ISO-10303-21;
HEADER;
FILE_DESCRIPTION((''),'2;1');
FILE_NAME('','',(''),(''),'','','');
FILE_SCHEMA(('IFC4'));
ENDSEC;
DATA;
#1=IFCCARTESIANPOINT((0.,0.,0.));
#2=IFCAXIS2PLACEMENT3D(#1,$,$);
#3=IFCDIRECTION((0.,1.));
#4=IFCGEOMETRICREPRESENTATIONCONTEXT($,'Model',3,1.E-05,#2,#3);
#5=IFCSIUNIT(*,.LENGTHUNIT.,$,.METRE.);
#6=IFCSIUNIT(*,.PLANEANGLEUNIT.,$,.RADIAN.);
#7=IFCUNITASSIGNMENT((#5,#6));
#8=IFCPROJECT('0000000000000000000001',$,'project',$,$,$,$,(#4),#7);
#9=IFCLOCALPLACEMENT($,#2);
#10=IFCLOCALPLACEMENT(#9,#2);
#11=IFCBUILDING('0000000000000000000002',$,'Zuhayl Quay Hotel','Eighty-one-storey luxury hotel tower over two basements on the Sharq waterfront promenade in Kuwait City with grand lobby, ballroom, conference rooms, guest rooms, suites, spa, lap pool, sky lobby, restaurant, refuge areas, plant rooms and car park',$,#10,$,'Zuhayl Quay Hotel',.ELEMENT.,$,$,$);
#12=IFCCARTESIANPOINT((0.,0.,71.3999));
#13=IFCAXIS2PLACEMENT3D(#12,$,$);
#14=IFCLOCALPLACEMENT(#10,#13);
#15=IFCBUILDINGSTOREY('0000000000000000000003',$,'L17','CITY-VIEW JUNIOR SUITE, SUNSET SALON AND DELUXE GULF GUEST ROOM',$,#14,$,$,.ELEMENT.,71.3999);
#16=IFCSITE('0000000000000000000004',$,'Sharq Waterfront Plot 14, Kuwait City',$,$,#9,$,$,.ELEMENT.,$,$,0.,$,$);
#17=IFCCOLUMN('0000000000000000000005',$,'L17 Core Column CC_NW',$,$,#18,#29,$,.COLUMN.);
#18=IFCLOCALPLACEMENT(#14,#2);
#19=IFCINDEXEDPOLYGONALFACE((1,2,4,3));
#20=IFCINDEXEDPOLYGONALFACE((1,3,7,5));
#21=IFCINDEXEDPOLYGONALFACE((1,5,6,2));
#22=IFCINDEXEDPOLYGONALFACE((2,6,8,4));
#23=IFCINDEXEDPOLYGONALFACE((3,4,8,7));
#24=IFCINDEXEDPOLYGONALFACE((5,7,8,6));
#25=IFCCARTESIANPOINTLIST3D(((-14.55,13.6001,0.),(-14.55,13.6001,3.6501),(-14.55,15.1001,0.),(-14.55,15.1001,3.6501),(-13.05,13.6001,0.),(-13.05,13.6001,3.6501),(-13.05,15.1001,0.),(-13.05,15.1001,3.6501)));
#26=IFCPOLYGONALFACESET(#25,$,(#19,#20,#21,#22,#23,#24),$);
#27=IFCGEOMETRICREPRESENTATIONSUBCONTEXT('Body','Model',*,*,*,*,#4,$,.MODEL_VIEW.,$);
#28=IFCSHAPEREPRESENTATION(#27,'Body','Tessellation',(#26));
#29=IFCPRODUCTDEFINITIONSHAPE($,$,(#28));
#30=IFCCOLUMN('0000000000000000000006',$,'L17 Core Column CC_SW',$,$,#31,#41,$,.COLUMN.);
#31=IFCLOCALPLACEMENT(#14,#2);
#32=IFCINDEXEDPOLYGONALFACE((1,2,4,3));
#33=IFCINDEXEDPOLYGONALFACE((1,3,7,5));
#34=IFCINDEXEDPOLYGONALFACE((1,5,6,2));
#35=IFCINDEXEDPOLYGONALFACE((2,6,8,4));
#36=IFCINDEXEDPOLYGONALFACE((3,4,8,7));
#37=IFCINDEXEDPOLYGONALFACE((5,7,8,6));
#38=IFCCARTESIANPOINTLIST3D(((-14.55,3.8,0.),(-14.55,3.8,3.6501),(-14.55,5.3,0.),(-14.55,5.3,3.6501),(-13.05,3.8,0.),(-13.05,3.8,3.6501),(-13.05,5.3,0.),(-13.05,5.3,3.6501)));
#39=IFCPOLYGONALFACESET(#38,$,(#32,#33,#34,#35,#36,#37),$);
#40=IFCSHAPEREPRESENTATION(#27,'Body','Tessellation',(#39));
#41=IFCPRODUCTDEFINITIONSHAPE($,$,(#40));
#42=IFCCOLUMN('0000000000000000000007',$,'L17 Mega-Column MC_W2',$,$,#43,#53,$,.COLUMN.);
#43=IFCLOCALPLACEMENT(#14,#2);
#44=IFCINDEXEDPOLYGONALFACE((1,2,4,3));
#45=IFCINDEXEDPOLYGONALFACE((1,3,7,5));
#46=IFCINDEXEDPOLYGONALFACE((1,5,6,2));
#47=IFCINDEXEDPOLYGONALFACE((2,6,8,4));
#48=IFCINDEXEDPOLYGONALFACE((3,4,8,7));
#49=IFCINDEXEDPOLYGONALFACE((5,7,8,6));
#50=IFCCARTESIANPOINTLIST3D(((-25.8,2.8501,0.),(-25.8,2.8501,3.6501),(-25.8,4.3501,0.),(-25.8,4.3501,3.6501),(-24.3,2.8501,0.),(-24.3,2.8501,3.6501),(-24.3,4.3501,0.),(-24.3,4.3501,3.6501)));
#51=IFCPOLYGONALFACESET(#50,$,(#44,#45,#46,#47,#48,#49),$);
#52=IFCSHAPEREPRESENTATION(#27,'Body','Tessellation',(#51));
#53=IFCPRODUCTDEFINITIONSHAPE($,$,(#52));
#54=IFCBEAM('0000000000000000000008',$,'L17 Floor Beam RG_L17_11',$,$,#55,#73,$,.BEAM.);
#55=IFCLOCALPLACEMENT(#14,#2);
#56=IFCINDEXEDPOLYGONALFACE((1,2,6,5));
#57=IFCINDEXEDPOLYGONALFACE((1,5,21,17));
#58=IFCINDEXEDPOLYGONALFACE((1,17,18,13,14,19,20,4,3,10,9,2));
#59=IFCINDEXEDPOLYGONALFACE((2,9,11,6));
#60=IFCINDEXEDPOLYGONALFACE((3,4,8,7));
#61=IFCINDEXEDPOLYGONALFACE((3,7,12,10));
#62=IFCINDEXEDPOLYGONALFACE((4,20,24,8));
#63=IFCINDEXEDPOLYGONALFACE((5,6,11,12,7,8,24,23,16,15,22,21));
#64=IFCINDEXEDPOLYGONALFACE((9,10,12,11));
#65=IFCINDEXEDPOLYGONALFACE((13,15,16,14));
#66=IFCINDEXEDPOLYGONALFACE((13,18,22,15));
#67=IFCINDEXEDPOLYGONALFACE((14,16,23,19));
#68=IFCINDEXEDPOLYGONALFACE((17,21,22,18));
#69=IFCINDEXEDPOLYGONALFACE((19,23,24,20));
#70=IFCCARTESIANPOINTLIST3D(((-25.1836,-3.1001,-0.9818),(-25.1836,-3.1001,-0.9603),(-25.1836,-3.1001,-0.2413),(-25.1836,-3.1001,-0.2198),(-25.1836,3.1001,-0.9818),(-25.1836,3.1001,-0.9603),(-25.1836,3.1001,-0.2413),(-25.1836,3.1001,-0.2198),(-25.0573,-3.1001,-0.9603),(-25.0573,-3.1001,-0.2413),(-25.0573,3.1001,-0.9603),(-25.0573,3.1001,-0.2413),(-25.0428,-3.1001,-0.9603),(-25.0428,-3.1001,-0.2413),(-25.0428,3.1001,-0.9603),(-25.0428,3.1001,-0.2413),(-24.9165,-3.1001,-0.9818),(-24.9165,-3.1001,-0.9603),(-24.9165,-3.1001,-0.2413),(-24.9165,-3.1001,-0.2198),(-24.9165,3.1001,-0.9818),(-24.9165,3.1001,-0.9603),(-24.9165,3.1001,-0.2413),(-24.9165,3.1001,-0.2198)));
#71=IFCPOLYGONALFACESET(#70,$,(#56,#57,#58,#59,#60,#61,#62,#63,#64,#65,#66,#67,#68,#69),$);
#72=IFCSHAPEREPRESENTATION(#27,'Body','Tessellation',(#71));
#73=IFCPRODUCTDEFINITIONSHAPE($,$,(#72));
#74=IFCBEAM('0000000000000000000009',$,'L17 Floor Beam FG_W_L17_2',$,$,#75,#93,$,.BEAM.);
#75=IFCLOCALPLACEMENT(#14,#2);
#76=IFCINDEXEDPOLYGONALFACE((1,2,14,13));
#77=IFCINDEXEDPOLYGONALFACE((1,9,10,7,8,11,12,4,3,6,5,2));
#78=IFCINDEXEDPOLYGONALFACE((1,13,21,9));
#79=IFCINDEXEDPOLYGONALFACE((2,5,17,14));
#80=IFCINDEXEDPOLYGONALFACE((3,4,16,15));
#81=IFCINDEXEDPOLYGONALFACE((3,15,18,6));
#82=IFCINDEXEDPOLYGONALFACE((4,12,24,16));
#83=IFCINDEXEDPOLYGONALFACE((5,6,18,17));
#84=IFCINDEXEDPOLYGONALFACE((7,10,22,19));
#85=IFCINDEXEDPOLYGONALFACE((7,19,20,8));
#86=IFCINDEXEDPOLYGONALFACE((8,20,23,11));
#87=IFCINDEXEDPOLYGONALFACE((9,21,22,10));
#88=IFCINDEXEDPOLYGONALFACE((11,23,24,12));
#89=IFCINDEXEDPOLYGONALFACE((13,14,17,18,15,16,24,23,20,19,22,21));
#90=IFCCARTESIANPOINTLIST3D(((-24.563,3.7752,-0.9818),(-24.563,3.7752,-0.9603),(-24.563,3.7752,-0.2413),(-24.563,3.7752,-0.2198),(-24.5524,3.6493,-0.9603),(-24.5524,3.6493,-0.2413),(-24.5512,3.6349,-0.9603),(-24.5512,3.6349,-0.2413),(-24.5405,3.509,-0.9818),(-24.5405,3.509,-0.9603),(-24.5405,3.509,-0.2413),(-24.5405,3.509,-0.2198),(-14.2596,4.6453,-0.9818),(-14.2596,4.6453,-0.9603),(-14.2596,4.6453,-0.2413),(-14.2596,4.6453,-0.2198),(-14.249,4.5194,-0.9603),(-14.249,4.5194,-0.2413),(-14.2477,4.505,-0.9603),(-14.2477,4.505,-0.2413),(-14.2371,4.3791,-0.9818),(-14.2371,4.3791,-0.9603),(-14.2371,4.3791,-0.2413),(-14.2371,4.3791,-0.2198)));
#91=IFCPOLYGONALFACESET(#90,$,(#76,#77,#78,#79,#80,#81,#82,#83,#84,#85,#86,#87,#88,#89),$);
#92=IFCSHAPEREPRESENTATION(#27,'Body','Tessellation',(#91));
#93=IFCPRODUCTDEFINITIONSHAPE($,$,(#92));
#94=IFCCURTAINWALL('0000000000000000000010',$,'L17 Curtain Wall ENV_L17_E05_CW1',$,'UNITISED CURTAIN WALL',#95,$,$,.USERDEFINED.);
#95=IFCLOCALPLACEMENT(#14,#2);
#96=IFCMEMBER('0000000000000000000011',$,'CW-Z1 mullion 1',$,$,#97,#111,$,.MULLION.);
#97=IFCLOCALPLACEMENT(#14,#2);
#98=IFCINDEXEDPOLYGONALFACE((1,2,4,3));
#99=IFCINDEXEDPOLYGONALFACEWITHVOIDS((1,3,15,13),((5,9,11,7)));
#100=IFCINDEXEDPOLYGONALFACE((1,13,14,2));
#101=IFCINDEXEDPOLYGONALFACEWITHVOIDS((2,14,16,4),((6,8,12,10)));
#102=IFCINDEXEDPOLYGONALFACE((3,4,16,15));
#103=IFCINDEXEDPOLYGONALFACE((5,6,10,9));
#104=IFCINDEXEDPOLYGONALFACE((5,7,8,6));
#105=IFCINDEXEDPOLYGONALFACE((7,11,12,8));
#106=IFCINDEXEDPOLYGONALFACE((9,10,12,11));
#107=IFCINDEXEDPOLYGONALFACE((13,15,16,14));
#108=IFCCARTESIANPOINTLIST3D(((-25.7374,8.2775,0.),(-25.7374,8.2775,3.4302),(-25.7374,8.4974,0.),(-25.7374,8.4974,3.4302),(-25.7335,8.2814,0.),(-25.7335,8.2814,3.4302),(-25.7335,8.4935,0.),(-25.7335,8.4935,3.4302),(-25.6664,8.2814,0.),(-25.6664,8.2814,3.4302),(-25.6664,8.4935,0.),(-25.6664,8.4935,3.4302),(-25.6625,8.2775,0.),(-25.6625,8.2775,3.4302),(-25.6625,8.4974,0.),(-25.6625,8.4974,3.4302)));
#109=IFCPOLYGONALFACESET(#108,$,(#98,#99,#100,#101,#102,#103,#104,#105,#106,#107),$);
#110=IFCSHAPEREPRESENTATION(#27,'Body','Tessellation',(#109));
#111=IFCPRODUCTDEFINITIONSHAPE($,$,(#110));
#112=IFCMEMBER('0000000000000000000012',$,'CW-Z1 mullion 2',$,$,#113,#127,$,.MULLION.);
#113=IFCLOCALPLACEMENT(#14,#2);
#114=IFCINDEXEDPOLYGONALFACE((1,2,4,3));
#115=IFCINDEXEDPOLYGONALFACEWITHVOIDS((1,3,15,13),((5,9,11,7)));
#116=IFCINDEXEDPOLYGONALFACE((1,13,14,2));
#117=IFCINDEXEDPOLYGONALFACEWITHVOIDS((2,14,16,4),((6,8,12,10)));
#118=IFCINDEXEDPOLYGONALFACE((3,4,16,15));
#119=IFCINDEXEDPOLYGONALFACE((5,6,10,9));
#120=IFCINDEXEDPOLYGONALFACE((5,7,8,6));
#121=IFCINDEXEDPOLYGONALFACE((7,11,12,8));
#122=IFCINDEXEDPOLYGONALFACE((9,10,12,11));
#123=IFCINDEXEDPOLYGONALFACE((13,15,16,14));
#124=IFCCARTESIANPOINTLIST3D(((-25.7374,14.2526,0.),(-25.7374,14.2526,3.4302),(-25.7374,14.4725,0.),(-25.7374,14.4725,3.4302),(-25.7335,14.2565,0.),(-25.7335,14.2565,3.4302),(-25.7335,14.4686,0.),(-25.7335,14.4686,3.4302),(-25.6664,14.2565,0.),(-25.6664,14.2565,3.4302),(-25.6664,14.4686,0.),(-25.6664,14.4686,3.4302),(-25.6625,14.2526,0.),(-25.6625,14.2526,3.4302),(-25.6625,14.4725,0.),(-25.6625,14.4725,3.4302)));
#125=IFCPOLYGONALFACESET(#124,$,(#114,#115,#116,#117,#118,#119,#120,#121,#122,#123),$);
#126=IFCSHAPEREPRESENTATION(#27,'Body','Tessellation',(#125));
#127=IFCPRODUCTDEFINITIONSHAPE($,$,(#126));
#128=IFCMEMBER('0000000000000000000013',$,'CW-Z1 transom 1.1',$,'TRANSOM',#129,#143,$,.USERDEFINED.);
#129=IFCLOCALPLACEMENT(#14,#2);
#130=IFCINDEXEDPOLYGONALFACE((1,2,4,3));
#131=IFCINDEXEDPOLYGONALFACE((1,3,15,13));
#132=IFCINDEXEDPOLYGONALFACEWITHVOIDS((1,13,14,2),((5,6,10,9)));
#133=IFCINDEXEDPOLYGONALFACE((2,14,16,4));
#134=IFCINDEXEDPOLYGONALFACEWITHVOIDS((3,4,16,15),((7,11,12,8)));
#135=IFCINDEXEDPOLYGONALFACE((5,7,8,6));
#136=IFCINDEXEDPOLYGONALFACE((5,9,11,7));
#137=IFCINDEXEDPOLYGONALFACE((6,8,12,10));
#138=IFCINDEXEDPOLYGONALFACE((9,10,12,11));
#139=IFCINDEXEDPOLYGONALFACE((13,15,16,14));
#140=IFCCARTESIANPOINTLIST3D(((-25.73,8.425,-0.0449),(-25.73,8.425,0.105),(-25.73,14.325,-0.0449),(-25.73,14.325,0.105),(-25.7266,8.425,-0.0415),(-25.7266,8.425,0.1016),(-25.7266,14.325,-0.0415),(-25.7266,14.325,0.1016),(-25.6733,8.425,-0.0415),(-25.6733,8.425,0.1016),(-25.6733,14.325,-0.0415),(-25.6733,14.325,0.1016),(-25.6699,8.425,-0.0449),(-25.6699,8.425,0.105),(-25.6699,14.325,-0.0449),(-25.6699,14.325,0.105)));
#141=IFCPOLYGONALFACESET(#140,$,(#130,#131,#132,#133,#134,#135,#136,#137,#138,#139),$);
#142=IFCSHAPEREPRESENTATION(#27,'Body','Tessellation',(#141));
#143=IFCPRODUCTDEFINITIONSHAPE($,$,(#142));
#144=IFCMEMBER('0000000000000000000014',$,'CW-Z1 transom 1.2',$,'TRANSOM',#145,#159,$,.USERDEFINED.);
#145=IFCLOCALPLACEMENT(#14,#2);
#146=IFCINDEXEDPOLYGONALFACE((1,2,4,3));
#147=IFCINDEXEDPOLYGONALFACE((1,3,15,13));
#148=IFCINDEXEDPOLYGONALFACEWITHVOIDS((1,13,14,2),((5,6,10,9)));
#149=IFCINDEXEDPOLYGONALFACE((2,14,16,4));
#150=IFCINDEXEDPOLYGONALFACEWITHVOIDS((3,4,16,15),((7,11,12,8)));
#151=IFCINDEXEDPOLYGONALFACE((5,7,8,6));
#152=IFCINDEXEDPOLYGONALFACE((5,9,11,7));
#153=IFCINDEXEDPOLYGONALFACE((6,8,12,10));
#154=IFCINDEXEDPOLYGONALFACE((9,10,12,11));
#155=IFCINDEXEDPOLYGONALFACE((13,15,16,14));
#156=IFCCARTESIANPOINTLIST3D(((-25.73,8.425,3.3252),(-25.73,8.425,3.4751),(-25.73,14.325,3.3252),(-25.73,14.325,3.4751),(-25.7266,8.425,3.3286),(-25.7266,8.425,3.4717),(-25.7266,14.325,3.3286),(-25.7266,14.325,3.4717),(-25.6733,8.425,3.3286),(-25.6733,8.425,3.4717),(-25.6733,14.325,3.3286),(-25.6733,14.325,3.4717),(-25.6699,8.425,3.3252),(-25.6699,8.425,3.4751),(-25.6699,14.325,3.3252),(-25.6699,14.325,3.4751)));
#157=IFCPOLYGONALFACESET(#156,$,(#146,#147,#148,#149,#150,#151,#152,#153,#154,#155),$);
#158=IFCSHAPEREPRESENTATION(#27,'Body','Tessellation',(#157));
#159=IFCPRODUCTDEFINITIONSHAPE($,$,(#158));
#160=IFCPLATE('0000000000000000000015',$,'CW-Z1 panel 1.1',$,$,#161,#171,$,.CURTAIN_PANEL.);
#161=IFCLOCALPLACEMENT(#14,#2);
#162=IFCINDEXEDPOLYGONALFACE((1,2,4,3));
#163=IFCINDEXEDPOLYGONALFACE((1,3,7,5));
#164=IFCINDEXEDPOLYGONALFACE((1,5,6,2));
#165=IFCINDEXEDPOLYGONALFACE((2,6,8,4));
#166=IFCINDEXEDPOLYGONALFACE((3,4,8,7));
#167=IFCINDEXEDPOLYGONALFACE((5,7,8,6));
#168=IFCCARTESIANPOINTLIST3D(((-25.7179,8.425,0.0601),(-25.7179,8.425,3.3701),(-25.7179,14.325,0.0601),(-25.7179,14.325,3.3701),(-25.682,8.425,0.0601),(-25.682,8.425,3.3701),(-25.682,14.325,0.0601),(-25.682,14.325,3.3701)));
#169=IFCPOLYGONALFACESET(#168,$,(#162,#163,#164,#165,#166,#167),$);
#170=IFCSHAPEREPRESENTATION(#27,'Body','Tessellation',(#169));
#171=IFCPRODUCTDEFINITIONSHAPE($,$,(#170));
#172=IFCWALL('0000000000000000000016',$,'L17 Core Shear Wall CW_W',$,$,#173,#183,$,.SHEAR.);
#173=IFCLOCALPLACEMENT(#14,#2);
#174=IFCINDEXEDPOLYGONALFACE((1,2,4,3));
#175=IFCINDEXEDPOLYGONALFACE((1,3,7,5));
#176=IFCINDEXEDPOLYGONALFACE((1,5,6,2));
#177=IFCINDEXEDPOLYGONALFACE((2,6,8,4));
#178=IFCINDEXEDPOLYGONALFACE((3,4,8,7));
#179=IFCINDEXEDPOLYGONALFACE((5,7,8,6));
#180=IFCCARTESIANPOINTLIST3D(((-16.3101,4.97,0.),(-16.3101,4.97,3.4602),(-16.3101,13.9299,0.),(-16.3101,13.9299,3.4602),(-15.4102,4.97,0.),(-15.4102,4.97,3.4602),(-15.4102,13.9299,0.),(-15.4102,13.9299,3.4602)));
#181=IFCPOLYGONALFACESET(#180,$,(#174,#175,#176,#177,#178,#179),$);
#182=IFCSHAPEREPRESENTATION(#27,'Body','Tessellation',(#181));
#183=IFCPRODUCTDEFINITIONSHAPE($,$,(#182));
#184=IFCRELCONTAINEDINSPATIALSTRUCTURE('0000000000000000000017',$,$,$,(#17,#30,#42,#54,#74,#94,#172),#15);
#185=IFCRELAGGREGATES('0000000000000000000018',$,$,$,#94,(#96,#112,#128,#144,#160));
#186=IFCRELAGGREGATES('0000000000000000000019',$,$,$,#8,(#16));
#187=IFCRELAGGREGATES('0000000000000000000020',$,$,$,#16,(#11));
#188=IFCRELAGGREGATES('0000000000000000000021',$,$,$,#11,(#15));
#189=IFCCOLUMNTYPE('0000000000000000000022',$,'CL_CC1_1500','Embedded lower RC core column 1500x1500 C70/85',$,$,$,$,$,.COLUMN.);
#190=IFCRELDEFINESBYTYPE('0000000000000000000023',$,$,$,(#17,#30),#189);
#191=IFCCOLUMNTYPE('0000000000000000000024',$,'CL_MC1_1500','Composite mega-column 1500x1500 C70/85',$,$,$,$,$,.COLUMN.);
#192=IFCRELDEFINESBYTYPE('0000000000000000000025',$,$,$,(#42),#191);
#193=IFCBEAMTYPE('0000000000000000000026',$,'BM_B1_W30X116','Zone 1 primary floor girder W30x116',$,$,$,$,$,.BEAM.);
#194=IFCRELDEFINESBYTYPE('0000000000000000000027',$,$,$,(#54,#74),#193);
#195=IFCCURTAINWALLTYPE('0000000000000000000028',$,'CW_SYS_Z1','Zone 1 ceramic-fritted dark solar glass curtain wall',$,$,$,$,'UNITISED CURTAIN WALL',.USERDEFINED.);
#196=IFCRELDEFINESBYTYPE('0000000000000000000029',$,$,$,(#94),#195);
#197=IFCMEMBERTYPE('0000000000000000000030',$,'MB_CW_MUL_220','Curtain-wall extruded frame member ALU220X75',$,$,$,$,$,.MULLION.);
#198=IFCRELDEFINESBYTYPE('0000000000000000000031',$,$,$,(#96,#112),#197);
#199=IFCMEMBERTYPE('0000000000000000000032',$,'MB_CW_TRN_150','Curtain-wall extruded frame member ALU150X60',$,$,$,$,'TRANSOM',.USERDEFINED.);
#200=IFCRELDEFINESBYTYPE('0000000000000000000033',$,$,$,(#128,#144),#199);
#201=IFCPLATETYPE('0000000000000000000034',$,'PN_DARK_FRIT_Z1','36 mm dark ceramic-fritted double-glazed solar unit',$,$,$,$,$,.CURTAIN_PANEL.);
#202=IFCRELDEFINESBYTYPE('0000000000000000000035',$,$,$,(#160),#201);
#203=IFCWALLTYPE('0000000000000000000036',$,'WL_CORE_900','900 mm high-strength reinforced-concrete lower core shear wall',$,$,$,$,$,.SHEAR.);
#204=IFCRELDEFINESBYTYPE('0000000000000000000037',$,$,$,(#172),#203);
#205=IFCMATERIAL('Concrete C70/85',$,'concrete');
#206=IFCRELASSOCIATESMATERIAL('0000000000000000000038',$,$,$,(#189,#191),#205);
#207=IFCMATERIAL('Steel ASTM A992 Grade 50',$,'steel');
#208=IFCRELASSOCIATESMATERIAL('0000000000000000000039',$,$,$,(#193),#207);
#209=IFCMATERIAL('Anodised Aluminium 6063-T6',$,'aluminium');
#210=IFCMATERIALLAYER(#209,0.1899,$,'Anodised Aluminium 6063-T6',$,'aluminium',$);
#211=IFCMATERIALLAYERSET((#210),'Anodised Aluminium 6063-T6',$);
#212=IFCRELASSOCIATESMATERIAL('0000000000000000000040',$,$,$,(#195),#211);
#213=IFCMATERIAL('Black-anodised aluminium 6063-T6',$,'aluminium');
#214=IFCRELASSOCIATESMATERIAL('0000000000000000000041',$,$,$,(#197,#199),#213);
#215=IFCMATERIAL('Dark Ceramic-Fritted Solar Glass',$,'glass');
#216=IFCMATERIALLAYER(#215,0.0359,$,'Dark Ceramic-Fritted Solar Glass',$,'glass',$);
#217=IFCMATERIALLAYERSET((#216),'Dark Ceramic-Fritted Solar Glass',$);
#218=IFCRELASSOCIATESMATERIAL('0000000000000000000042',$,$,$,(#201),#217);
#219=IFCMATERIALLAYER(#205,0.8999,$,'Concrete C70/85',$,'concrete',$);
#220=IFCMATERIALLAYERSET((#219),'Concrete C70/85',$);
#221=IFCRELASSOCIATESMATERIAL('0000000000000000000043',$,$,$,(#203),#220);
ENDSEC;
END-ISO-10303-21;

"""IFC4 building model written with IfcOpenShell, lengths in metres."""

from ifc_helpers import new_model, si_unit, direction, frame, frame_2d, origin, origin_2d, place, context, subcontext, project, spatial, rectangle, hollow_rectangle, i_section, extrude, material, layer, layer_set, material_profile, profile_set, type_object, element, aggregate, save


model = new_model("IFC4")

# Units and contexts
model_context = context("Model", 3, precision=1e-05, world=origin(), true_north=direction((0.0, 1.0)))
body_context = subcontext(model_context, "Body", "Model", "MODEL_VIEW")
ifc_project = project(units=[si_unit("LENGTHUNIT", "METRE"), si_unit("PLANEANGLEUNIT", "RADIAN")], contexts=[model_context])

# Site, building, storey
site_placement = place(None, origin())
site = spatial("IfcSite", under=ifc_project, at=site_placement, Name="Sharq Waterfront Plot 14, Kuwait City", CompositionType="ELEMENT", RefElevation=0.0)
building_placement = place(site_placement, origin())
building = spatial("IfcBuilding", under=site, at=building_placement, Name="Zuhayl Quay Hotel", Description="Eighty-one-storey luxury hotel tower over two basements on the Sharq waterfront promenade in Kuwait City with grand lobby, ballroom, conference rooms, guest rooms, suites, spa, lap pool, sky lobby, restaurant, refuge areas, plant rooms and car park", LongName="Zuhayl Quay Hotel", CompositionType="ELEMENT")
storey_placement = place(building_placement, frame((0.0, 0.0, 71.3999)))
storey = spatial("IfcBuildingStorey", under=building, at=storey_placement, Name="L17", Description="CITY-VIEW JUNIOR SUITE, SUNSET SALON AND DELUXE GULF GUEST ROOM", CompositionType="ELEMENT", Elevation=71.3999)

# Columns
ifc_material_1 = material(Name="Concrete C70/85", Category="concrete")
ifc_material_profile_1 = material_profile(ifc_material_1, rectangle(XDim=1.5, YDim=1.5, at=origin_2d()), Name="RC1500X1500")
ifc_profile_set_1 = profile_set([ifc_material_profile_1], Name="Concrete C70/85")
column_type_1 = type_object("IfcColumnType", Name="CL_CC1_1500", Description="Embedded lower RC core column 1500x1500 C70/85", PredefinedType="COLUMN", material=ifc_profile_set_1)
for number, where, z_axis, x_axis, name in (
    (1, (-13.8, 14.3501, 0.0), (0.0, 0.0, 1.0), (1.0, 0.0, 0.0), "L17 Core Column CC_NW"),
    (2, (-13.8, 4.55, 0.0), (0.0, 0.0, 1.0), (1.0, 0.0, 0.0), "L17 Core Column CC_SW"),
):
    element("IfcColumn", number, at=place(storey_placement, frame(where, z_axis=z_axis, x_axis=x_axis)), inside=storey, type_object=column_type_1, Name=name, PredefinedType="COLUMN", context=body_context, shape_type="SweptSolid", body=[
        extrude(rectangle(XDim=1.5, YDim=1.5, at=origin_2d()), origin(), (0.0, 0.0, 1.0), 3.6501),
    ])
ifc_material_profile_2 = material_profile(ifc_material_1, rectangle(XDim=1.5, YDim=1.5, at=origin_2d()), Name="RC1500X1500")
ifc_profile_set_2 = profile_set([ifc_material_profile_2], Name="Concrete C70/85")
column_type_2 = type_object("IfcColumnType", Name="CL_MC1_1500", Description="Composite mega-column 1500x1500 C70/85", PredefinedType="COLUMN", material=ifc_profile_set_2)
column_placement = place(storey_placement, frame((-25.05, 3.6001, 0.0), z_axis=(0.0, 0.0, 1.0), x_axis=(1.0, 0.0, 0.0)))
element("IfcColumn", 3, at=column_placement, inside=storey, type_object=column_type_2, Name="L17 Mega-Column MC_W2", PredefinedType="COLUMN", context=body_context, shape_type="SweptSolid", body=[
    extrude(rectangle(XDim=1.5, YDim=1.5, at=origin_2d()), origin(), (0.0, 0.0, 1.0), 3.6501),
])

# Beams
ifc_material_2 = material(Name="Steel ASTM A992 Grade 50", Category="steel")
ifc_material_profile_3 = material_profile(ifc_material_2, i_section(OverallWidth=0.2671, OverallDepth=0.762, WebThickness=0.0144, FlangeThickness=0.0215, at=origin_2d()), Name="W30X116")
ifc_profile_set_3 = profile_set([ifc_material_profile_3], Name="Steel ASTM A992 Grade 50")
beam_type = type_object("IfcBeamType", Name="BM_B1_W30X116", Description="Zone 1 primary floor girder W30x116", PredefinedType="BEAM", material=ifc_profile_set_3)
beam_1_placement = place(storey_placement, frame((-25.05, 3.1001, -0.6008), z_axis=(0.0, -1.0, 0.0), x_axis=(1.0, 0.0, 0.0)))
element("IfcBeam", 4, at=beam_1_placement, inside=storey, type_object=beam_type, Name="L17 Floor Beam RG_L17_11", PredefinedType="BEAM", context=body_context, shape_type="SweptSolid", body=[
    extrude(i_section(OverallWidth=0.2671, OverallDepth=0.762, WebThickness=0.0144, FlangeThickness=0.0215, at=origin_2d()), origin(), (0.0, 0.0, 1.0), 6.2002),
])
beam_2_placement = place(storey_placement, frame((-24.5518, 3.6421, -0.6008), z_axis=(0.996453, 0.084149, 0.0), x_axis=(-0.084149, 0.996453, 0.0)))
element("IfcBeam", 5, at=beam_2_placement, inside=storey, type_object=beam_type, Name="L17 Floor Beam FG_W_L17_2", PredefinedType="BEAM", context=body_context, shape_type="SweptSolid", body=[
    extrude(i_section(OverallWidth=0.2671, OverallDepth=0.762, WebThickness=0.0144, FlangeThickness=0.0215, at=origin_2d()), origin(), (0.0, 0.0, 1.0), 10.3401),
])

# Curtain wall, members, plate
ifc_material_3 = material(Name="Anodised Aluminium 6063-T6", Category="aluminium")
ifc_layer_1 = layer(ifc_material_3, 0.1899, Name="Anodised Aluminium 6063-T6", Category="aluminium")
ifc_layer_set_1 = layer_set([ifc_layer_1], Name="Anodised Aluminium 6063-T6")
curtain_wall_type = type_object("IfcCurtainWallType", Name="CW_SYS_Z1", Description="Zone 1 ceramic-fritted dark solar glass curtain wall", ElementType="UNITISED CURTAIN WALL", PredefinedType="USERDEFINED", material=ifc_layer_set_1)
curtain_wall_placement = place(storey_placement, origin())
curtain_wall = element("IfcCurtainWall", 6, at=curtain_wall_placement, inside=storey, type_object=curtain_wall_type, Name="L17 Curtain Wall ENV_L17_E05_CW1", ObjectType="UNITISED CURTAIN WALL", PredefinedType="USERDEFINED")
ifc_material_4 = material(Name="Black-anodised aluminium 6063-T6", Category="aluminium")
ifc_material_profile_4 = material_profile(ifc_material_4, hollow_rectangle(XDim=0.075, YDim=0.22, WallThickness=0.0039, at=origin_2d()), Name="ALU220X75")
ifc_profile_set_4 = profile_set([ifc_material_profile_4], Name="Black-anodised aluminium 6063-T6")
member_type_1 = type_object("IfcMemberType", Name="MB_CW_MUL_220", Description="Curtain-wall extruded frame member ALU220X75", PredefinedType="MULLION", material=ifc_profile_set_4)
member_1_placement = place(storey_placement, frame((-25.7, 8.3875, 0.0), z_axis=(0.0, 0.0, 1.0), x_axis=(-1.0, 0.0, 0.0)))
member_1 = element("IfcMember", 7, at=member_1_placement, type_object=member_type_1, Name="CW-Z1 mullion 1", PredefinedType="MULLION", context=body_context, shape_type="SweptSolid", body=[
    extrude(hollow_rectangle(XDim=0.075, YDim=0.22, WallThickness=0.0039, at=origin_2d()), origin(), (0.0, 0.0, 1.0), 3.4302),
])
member_2_placement = place(storey_placement, frame((-25.7, 14.3625, 0.0), z_axis=(0.0, 0.0, 1.0), x_axis=(-1.0, 0.0, 0.0)))
member_2 = element("IfcMember", 8, at=member_2_placement, type_object=member_type_1, Name="CW-Z1 mullion 2", PredefinedType="MULLION", context=body_context, shape_type="SweptSolid", body=[
    extrude(hollow_rectangle(XDim=0.075, YDim=0.22, WallThickness=0.0039, at=origin_2d()), origin(), (0.0, 0.0, 1.0), 3.4302),
])
ifc_material_profile_5 = material_profile(ifc_material_4, hollow_rectangle(XDim=0.0601, YDim=0.1499, WallThickness=0.0034, at=origin_2d()), Name="ALU150X60")
ifc_profile_set_5 = profile_set([ifc_material_profile_5], Name="Black-anodised aluminium 6063-T6")
member_type_2 = type_object("IfcMemberType", Name="MB_CW_TRN_150", Description="Curtain-wall extruded frame member ALU150X60", ElementType="TRANSOM", PredefinedType="USERDEFINED", material=ifc_profile_set_5)
member_3_placement = place(storey_placement, frame((-25.7, 8.425, 0.03), z_axis=(0.0, 1.0, 0.0), x_axis=(-1.0, 0.0, 0.0)))
member_3 = element("IfcMember", 9, at=member_3_placement, type_object=member_type_2, Name="CW-Z1 transom 1.1", ObjectType="TRANSOM", PredefinedType="USERDEFINED", context=body_context, shape_type="SweptSolid", body=[
    extrude(hollow_rectangle(XDim=0.0601, YDim=0.1499, WallThickness=0.0034, at=origin_2d()), origin(), (0.0, 0.0, 1.0), 5.8999),
])
member_4_placement = place(storey_placement, frame((-25.7, 8.425, 3.4001), z_axis=(0.0, 1.0, 0.0), x_axis=(-1.0, 0.0, 0.0)))
member_4 = element("IfcMember", 10, at=member_4_placement, type_object=member_type_2, Name="CW-Z1 transom 1.2", ObjectType="TRANSOM", PredefinedType="USERDEFINED", context=body_context, shape_type="SweptSolid", body=[
    extrude(hollow_rectangle(XDim=0.0601, YDim=0.1499, WallThickness=0.0034, at=origin_2d()), origin(), (0.0, 0.0, 1.0), 5.8999),
])
ifc_material_5 = material(Name="Dark Ceramic-Fritted Solar Glass", Category="glass")
ifc_layer_2 = layer(ifc_material_5, 0.0359, Name="Dark Ceramic-Fritted Solar Glass", Category="glass")
ifc_layer_set_2 = layer_set([ifc_layer_2], Name="Dark Ceramic-Fritted Solar Glass")
plate_type = type_object("IfcPlateType", Name="PN_DARK_FRIT_Z1", Description="36 mm dark ceramic-fritted double-glazed solar unit", PredefinedType="CURTAIN_PANEL", material=ifc_layer_set_2)
plate_placement = place(storey_placement, frame((-25.7, 11.375, 0.0601), z_axis=(0.0, 0.0, 1.0), x_axis=(0.0, 1.0, 0.0)))
plate = element("IfcPlate", 11, at=plate_placement, type_object=plate_type, Name="CW-Z1 panel 1.1", PredefinedType="CURTAIN_PANEL", context=body_context, shape_type="SweptSolid", body=[
    extrude(rectangle(XDim=5.8999, YDim=0.0359, at=origin_2d()), origin(), (0.0, 0.0, 1.0), 3.3101),
])
aggregate(curtain_wall, [member_1, member_2, member_3, member_4, plate])

# Wall
ifc_layer_3 = layer(ifc_material_1, 0.8999, Name="Concrete C70/85", Category="concrete")
ifc_layer_set_3 = layer_set([ifc_layer_3], Name="Concrete C70/85")
wall_type_1 = type_object("IfcWallType", Name="WL_CORE_900", Description="900 mm high-strength reinforced-concrete lower core shear wall", PredefinedType="SHEAR", material=ifc_layer_set_3)
wall_1_placement = place(storey_placement, frame((-15.8601, 4.97, 0.0), z_axis=(0.0, 0.0, 1.0), x_axis=(0.0, 1.0, 0.0)))
element("IfcWall", 12, at=wall_1_placement, inside=storey, type_object=wall_type_1, Name="L17 Core Shear Wall CW_W", PredefinedType="SHEAR", context=body_context, shape_type="SweptSolid", body=[
    extrude(rectangle(XDim=8.96, YDim=0.8999, at=frame_2d((4.48, 0.0))), origin(), (0.0, 0.0, 1.0), 3.4602),
])

save(model, "model.ifc")
